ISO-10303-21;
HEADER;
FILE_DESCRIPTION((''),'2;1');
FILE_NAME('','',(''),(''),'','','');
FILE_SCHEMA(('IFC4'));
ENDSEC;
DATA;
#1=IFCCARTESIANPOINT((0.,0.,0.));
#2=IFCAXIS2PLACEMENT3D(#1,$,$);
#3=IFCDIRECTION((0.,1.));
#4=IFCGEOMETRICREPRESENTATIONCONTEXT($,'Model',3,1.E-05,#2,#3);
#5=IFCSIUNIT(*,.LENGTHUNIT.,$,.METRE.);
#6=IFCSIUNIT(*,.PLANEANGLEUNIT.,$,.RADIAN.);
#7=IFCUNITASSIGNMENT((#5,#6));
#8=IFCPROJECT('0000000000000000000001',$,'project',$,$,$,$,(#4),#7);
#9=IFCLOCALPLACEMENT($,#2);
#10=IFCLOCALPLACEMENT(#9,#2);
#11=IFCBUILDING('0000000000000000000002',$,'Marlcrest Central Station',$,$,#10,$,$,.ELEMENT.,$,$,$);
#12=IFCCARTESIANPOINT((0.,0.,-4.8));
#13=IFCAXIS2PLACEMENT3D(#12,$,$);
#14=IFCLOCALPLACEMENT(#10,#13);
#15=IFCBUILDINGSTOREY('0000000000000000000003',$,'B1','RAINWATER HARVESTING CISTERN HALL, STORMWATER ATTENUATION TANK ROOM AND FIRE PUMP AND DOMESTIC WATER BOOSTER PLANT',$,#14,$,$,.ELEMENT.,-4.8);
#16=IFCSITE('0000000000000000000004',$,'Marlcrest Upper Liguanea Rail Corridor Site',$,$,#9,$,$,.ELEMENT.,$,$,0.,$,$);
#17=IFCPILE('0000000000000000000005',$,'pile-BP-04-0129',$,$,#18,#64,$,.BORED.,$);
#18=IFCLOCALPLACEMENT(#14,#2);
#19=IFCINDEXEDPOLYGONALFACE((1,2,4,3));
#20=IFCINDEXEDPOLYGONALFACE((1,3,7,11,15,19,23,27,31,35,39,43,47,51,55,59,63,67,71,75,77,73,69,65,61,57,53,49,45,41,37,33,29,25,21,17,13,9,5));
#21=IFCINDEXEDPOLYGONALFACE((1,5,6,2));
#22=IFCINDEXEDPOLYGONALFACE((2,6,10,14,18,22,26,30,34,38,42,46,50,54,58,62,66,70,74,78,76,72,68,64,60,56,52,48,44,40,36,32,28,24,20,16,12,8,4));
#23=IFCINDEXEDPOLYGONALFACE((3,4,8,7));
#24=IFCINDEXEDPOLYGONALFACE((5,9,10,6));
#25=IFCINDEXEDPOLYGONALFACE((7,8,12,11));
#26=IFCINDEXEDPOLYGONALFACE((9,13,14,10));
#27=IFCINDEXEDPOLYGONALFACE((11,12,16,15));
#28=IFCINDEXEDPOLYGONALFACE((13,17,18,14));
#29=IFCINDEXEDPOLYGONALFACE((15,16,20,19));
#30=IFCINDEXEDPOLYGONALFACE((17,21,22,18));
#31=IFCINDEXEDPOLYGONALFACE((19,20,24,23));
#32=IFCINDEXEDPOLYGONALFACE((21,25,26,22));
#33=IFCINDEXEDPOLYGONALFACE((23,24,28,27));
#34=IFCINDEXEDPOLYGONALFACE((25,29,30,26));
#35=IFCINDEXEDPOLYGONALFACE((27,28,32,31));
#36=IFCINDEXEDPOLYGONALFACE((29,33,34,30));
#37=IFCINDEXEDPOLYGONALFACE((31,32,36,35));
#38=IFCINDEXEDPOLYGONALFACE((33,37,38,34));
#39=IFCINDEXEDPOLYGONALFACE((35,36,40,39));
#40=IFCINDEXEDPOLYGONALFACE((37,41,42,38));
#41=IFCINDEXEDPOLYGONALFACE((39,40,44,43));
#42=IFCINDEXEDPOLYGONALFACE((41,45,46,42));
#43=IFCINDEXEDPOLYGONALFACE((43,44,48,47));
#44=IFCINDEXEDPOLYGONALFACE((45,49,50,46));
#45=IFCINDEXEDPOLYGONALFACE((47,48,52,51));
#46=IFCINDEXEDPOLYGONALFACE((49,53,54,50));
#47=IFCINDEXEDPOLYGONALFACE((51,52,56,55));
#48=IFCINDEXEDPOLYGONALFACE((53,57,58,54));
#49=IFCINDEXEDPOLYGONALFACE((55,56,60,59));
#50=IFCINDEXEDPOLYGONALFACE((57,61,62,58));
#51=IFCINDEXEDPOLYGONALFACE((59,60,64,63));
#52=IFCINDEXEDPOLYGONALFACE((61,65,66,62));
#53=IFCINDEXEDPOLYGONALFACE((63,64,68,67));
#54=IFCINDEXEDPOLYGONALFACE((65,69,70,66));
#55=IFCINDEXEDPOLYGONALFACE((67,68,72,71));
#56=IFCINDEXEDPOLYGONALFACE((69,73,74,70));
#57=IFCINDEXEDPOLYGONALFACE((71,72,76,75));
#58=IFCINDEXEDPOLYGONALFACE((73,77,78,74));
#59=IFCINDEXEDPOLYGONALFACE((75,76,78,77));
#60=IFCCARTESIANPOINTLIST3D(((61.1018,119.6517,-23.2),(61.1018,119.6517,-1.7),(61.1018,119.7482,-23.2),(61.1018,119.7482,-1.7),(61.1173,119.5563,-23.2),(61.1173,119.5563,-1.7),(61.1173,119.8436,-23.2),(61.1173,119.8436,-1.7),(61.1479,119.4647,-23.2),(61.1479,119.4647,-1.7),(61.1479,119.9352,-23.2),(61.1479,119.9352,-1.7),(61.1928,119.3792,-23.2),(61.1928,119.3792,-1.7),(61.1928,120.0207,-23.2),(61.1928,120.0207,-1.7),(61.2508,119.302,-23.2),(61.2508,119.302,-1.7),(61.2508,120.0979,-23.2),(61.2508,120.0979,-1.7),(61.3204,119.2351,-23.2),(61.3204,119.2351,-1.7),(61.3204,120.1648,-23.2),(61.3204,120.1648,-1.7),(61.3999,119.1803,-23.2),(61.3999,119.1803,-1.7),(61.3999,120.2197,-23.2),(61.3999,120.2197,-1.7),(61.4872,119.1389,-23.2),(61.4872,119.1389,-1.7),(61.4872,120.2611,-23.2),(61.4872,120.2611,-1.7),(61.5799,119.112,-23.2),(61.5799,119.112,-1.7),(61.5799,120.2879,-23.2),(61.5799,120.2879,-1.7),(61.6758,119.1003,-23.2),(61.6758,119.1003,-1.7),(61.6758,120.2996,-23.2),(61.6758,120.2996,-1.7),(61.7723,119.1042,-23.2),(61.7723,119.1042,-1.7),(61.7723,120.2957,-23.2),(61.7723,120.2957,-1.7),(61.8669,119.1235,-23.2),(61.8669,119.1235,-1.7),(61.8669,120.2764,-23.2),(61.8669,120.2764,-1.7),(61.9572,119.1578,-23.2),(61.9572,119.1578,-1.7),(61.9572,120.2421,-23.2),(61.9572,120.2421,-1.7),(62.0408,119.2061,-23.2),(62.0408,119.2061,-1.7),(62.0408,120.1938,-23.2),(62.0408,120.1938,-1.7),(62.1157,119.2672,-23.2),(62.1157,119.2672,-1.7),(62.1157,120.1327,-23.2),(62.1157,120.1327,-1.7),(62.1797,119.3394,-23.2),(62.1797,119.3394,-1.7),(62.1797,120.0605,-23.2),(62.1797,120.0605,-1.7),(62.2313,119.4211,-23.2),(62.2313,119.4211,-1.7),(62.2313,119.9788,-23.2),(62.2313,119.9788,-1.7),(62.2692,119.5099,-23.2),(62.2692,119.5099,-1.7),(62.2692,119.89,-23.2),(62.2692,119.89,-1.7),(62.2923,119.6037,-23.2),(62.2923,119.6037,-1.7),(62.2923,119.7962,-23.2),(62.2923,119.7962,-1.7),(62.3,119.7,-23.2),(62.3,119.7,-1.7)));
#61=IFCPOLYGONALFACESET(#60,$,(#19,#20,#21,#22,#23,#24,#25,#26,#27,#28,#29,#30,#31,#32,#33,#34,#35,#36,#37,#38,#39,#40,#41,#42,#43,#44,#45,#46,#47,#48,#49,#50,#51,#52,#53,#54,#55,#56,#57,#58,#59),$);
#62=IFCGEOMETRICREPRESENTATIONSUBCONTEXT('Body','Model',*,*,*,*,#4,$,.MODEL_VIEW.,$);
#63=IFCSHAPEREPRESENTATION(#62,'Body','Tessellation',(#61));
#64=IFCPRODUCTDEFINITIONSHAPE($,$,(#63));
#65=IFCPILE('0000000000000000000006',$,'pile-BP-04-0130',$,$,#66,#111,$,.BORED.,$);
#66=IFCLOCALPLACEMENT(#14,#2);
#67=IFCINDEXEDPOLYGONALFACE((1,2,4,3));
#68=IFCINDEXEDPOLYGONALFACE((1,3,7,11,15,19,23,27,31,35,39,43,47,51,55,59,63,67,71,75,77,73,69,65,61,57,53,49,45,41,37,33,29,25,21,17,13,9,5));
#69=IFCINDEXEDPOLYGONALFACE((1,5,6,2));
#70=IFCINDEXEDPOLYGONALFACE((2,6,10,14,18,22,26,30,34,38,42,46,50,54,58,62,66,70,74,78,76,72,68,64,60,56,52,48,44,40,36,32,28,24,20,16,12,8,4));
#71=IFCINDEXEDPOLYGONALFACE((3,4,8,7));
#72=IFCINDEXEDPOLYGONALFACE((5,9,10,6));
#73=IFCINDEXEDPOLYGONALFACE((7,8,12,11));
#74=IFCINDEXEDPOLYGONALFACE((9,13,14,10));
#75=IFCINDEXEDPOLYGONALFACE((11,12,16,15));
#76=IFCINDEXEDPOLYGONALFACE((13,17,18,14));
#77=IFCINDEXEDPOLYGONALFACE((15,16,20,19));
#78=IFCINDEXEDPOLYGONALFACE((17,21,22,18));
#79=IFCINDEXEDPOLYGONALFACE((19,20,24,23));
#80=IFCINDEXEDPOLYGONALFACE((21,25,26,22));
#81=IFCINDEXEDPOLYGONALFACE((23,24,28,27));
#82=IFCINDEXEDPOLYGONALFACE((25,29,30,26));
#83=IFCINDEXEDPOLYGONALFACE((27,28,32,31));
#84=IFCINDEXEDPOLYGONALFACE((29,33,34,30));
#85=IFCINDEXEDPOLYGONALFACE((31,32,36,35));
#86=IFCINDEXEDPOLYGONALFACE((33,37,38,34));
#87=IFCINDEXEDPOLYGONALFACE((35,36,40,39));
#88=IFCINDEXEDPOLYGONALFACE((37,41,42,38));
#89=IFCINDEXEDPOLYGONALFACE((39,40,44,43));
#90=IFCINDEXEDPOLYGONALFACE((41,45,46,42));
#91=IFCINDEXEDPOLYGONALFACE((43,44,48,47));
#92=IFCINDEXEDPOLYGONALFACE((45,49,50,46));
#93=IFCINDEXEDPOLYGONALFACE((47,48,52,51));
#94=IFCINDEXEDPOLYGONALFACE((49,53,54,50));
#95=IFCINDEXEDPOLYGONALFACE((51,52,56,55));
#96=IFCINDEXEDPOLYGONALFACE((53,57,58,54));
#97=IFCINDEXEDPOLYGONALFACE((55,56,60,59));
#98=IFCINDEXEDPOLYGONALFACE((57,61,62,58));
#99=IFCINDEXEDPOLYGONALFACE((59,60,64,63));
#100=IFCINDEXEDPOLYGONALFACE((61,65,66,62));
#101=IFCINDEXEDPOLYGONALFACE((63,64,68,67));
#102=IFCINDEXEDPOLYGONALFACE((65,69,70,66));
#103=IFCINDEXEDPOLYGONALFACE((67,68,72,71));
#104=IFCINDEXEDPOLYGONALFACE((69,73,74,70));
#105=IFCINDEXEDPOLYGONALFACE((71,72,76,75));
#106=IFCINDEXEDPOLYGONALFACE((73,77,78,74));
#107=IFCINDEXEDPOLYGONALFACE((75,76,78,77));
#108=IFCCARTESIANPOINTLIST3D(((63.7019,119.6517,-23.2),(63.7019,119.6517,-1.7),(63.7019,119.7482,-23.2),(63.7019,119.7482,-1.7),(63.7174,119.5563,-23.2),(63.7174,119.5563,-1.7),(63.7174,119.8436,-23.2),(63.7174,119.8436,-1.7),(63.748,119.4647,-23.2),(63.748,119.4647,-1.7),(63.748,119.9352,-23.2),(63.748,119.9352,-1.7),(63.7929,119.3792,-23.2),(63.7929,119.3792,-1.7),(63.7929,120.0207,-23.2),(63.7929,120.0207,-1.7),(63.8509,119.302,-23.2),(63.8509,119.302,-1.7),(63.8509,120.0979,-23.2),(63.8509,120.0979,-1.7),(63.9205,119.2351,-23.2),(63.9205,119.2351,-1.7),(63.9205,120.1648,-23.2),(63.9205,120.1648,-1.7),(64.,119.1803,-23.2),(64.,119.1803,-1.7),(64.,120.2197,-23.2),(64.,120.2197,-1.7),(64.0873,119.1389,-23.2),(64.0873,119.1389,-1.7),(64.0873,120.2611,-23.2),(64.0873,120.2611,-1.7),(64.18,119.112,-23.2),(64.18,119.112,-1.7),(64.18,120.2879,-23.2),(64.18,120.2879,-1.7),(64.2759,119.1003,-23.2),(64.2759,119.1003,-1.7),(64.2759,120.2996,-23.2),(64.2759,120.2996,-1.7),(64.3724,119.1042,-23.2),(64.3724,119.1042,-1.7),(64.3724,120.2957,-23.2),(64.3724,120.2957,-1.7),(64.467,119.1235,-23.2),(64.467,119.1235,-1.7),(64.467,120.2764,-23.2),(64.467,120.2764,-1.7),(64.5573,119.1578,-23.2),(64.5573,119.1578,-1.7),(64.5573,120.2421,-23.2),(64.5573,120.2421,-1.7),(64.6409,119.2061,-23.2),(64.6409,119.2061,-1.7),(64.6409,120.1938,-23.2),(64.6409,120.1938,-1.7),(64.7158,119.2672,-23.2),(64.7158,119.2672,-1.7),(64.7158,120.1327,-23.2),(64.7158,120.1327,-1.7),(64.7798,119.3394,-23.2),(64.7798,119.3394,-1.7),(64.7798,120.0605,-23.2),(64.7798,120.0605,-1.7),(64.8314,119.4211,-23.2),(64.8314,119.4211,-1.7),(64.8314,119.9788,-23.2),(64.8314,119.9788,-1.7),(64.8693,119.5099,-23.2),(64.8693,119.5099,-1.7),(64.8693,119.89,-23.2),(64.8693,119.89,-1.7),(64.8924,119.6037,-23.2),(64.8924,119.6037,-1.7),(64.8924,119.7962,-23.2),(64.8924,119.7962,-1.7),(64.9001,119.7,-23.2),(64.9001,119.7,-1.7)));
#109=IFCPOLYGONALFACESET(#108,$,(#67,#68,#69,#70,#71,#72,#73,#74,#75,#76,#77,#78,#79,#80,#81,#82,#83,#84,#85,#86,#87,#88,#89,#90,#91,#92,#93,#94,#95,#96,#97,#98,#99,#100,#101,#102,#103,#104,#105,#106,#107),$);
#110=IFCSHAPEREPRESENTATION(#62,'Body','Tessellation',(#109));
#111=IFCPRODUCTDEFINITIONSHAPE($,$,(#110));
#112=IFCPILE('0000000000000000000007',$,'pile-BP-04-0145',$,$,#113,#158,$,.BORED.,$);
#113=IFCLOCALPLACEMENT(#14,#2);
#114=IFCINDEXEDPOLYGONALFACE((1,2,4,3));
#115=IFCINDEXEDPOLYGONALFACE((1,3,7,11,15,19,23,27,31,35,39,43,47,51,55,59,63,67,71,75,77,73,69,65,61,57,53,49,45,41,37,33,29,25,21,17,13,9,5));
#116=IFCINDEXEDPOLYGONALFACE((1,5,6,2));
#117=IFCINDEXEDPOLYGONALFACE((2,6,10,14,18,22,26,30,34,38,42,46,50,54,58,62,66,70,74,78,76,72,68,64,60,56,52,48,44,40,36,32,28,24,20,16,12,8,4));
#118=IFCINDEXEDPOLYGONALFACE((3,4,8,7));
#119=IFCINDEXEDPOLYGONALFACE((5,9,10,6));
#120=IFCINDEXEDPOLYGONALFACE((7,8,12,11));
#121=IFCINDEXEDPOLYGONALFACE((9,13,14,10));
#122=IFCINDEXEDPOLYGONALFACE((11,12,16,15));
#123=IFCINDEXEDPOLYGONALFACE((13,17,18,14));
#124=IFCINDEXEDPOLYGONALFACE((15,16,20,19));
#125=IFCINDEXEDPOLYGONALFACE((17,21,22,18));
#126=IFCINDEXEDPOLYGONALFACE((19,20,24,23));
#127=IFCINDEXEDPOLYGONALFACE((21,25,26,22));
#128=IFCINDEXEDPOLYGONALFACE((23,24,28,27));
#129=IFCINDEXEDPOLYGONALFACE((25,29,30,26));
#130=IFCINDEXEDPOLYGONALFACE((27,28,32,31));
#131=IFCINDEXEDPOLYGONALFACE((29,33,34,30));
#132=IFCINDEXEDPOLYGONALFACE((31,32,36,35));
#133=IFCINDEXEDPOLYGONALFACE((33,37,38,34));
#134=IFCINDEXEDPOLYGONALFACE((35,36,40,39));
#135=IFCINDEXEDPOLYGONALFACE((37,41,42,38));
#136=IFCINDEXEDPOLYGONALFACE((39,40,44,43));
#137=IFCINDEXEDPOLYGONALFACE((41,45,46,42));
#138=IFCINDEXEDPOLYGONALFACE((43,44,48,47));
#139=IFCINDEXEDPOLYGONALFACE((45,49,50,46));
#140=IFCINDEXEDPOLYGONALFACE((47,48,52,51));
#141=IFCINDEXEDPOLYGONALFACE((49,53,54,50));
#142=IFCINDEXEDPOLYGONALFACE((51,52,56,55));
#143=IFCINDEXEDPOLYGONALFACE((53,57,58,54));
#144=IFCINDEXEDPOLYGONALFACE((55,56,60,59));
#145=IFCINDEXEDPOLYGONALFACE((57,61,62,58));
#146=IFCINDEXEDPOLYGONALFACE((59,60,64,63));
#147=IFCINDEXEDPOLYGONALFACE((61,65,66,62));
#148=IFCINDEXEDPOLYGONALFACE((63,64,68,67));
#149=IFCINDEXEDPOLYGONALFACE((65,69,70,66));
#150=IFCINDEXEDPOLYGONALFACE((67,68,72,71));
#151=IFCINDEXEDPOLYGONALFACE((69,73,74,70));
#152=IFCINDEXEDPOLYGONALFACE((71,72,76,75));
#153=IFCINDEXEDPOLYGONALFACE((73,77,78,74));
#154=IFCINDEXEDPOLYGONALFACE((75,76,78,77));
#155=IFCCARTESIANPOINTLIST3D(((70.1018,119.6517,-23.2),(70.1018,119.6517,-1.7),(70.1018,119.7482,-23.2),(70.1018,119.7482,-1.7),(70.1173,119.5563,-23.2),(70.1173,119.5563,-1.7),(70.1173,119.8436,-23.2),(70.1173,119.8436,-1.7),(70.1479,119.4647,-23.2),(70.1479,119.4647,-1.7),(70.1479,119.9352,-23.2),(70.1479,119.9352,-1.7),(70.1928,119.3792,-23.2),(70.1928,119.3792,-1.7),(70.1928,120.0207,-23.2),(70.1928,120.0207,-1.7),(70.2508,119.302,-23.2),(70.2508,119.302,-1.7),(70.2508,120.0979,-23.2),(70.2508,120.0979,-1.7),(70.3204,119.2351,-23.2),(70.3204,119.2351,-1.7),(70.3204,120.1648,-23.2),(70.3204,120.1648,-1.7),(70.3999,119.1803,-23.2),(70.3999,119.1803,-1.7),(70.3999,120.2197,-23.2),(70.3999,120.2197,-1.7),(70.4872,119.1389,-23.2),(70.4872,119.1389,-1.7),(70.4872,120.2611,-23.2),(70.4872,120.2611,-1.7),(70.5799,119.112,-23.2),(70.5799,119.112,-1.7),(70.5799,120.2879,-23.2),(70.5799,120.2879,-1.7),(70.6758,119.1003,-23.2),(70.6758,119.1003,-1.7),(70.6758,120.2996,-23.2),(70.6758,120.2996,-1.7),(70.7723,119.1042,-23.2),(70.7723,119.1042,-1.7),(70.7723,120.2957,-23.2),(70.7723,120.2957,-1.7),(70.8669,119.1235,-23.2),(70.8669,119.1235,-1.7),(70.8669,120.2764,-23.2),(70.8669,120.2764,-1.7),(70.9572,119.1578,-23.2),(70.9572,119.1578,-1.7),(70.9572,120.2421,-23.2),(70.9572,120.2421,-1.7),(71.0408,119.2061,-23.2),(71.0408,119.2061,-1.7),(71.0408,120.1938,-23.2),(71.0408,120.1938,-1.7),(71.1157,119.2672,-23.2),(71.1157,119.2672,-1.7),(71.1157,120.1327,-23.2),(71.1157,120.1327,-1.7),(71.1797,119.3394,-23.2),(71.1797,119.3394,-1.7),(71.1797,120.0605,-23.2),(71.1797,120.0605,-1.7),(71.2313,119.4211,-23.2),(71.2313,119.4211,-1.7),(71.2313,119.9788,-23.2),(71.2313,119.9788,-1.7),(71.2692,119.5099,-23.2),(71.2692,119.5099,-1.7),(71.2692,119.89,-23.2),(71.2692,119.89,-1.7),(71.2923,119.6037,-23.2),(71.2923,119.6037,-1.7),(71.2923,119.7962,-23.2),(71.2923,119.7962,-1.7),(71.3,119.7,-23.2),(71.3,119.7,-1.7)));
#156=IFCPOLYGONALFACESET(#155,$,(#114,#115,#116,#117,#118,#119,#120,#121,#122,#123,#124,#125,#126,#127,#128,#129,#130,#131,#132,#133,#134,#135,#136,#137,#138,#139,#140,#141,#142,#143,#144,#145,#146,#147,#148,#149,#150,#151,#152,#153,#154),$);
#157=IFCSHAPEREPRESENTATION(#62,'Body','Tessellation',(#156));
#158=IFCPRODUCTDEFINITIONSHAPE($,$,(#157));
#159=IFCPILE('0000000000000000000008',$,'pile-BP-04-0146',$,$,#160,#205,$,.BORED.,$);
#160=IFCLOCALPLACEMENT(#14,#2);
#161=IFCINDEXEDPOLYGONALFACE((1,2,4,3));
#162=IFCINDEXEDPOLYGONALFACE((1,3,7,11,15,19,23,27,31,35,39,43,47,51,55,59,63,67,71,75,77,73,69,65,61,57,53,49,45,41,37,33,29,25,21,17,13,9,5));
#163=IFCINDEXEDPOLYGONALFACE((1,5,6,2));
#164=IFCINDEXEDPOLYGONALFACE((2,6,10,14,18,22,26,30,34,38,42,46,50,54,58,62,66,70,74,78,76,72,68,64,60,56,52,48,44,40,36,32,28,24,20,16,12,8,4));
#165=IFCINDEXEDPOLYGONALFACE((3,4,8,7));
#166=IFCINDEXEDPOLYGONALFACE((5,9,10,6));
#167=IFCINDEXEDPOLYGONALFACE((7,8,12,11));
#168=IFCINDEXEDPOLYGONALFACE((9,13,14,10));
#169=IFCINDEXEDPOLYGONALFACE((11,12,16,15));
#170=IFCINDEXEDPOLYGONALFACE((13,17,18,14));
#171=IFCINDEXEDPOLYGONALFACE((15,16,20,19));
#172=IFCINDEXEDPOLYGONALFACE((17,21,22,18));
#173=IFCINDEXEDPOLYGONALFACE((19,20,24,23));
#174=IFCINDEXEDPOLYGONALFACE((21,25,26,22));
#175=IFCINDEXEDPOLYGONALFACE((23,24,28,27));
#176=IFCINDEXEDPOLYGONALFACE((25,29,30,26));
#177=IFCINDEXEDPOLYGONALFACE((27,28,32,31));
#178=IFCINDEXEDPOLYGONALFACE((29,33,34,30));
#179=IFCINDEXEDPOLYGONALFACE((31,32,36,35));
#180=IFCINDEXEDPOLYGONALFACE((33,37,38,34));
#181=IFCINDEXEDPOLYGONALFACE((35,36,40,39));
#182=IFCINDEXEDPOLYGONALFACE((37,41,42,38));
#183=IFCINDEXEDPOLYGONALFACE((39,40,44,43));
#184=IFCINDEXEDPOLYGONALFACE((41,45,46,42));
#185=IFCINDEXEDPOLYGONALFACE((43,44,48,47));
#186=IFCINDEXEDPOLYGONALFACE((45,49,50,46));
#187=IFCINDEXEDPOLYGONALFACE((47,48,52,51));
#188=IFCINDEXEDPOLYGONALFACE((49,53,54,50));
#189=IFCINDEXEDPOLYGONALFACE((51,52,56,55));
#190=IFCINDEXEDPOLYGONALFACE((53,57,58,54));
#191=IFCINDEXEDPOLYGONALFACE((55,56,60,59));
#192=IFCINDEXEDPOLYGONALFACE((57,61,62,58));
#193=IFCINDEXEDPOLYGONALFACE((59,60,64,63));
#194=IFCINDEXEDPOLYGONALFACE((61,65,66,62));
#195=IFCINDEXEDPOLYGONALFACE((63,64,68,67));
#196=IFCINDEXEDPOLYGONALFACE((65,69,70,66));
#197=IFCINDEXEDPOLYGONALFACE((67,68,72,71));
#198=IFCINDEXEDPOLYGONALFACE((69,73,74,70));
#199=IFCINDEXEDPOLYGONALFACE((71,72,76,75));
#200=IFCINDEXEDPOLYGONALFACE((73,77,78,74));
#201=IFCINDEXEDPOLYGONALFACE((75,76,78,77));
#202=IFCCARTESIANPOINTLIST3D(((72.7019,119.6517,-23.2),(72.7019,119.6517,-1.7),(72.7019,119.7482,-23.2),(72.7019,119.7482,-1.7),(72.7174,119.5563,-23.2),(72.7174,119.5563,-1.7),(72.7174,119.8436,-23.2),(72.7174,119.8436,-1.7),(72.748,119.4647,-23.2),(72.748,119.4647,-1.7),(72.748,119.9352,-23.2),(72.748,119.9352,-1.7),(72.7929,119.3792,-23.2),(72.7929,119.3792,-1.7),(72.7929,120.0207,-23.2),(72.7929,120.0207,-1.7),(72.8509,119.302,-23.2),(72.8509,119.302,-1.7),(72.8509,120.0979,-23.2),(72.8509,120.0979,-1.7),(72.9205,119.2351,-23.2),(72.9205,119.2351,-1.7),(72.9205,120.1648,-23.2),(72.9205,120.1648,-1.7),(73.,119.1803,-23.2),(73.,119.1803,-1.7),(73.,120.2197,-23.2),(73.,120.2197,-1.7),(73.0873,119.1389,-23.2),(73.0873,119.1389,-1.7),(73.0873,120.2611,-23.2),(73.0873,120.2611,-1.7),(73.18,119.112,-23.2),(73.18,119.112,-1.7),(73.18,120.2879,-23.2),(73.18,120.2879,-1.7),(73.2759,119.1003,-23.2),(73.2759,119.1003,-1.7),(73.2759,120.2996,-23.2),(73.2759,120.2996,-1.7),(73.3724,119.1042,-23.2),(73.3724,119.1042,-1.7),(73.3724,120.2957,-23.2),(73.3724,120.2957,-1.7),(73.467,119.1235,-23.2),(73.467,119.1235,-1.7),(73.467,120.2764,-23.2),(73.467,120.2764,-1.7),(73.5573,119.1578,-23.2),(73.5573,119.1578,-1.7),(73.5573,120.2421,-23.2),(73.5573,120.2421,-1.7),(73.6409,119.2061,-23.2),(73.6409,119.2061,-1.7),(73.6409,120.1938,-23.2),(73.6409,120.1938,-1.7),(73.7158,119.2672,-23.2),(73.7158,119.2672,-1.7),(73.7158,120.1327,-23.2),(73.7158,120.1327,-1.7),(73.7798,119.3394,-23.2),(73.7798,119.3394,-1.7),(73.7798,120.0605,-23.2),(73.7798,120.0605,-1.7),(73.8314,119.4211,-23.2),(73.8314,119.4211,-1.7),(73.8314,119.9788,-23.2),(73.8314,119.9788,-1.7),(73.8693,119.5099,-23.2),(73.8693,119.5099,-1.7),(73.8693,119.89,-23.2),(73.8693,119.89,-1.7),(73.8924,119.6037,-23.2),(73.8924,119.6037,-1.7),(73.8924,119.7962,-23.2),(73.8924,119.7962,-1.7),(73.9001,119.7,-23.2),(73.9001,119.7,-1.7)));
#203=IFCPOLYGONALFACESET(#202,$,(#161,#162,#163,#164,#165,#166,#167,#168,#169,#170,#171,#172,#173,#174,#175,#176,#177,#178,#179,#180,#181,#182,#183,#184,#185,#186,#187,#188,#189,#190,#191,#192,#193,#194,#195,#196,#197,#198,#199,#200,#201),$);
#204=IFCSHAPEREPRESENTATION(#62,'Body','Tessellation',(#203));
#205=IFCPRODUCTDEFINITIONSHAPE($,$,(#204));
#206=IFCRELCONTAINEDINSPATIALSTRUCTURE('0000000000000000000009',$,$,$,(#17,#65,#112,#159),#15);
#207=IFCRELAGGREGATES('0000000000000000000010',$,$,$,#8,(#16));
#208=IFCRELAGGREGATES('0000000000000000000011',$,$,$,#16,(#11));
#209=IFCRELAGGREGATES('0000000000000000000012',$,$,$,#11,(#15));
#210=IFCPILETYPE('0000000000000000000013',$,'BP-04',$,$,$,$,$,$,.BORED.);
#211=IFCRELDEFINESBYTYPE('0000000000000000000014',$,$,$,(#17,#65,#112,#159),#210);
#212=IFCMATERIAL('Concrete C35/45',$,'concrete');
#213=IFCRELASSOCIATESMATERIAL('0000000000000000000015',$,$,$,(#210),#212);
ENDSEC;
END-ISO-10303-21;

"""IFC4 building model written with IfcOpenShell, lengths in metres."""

from ifc_helpers import new_model, si_unit, direction, frame, origin, origin_2d, place, context, subcontext, project, spatial, circle, extrude, material, material_profile, profile_set, type_object, element, save


model = new_model("IFC4")

# Units and contexts
model_context = context("Model", 3, precision=1e-05, world=origin(), true_north=direction((0.0, 1.0)))
body_context = subcontext(model_context, "Body", "Model", "MODEL_VIEW")
ifc_project = project(units=[si_unit("LENGTHUNIT", "METRE"), si_unit("PLANEANGLEUNIT", "RADIAN")], contexts=[model_context])

# Site, building, storey
site_placement = place(None, origin())
site = spatial("IfcSite", under=ifc_project, at=site_placement, Name="Marlcrest Upper Liguanea Rail Corridor Site", CompositionType="ELEMENT", RefElevation=0.0)
building_placement = place(site_placement, origin())
building = spatial("IfcBuilding", under=site, at=building_placement, Name="Marlcrest Central Station", CompositionType="ELEMENT")
storey_placement = place(building_placement, frame((0.0, 0.0, -4.8)))
storey = spatial("IfcBuildingStorey", under=building, at=storey_placement, Name="B1", Description="RAINWATER HARVESTING CISTERN HALL, STORMWATER ATTENUATION TANK ROOM AND FIRE PUMP AND DOMESTIC WATER BOOSTER PLANT", CompositionType="ELEMENT", Elevation=-4.8)

# Piles
ifc_material_1 = material(Name="Concrete C35/45", Category="concrete")
ifc_material_profile_1 = material_profile(ifc_material_1, circle(Radius=0.6001, at=origin_2d()), Name="PILE D1200")
ifc_profile_set_1 = profile_set([ifc_material_profile_1], Name="Concrete C35/45")
pile_type = type_object("IfcPileType", Name="BP-04", PredefinedType="BORED", material=ifc_profile_set_1)
for number, where, z_axis, x_axis, name in (
    (1, (61.7, 119.7, -1.7), (0.0, 0.0, -1.0), (1.0, 0.0, 0.0), "pile-BP-04-0129"),
    (2, (64.3, 119.7, -1.7), (0.0, 0.0, -1.0), (1.0, 0.0, 0.0), "pile-BP-04-0130"),
    (3, (70.7, 119.7, -1.7), (0.0, 0.0, -1.0), (1.0, 0.0, 0.0), "pile-BP-04-0145"),
    (4, (73.3, 119.7, -1.7), (0.0, 0.0, -1.0), (1.0, 0.0, 0.0), "pile-BP-04-0146"),
):
    element("IfcPile", number, at=place(storey_placement, frame(where, z_axis=z_axis, x_axis=x_axis)), inside=storey, type_object=pile_type, Name=name, PredefinedType="BORED", context=body_context, shape_type="SweptSolid", body=[
        extrude(circle(Radius=0.6001, at=origin_2d()), origin(), (0.0, 0.0, 1.0), 21.5),
    ])

save(model, "model.ifc")
